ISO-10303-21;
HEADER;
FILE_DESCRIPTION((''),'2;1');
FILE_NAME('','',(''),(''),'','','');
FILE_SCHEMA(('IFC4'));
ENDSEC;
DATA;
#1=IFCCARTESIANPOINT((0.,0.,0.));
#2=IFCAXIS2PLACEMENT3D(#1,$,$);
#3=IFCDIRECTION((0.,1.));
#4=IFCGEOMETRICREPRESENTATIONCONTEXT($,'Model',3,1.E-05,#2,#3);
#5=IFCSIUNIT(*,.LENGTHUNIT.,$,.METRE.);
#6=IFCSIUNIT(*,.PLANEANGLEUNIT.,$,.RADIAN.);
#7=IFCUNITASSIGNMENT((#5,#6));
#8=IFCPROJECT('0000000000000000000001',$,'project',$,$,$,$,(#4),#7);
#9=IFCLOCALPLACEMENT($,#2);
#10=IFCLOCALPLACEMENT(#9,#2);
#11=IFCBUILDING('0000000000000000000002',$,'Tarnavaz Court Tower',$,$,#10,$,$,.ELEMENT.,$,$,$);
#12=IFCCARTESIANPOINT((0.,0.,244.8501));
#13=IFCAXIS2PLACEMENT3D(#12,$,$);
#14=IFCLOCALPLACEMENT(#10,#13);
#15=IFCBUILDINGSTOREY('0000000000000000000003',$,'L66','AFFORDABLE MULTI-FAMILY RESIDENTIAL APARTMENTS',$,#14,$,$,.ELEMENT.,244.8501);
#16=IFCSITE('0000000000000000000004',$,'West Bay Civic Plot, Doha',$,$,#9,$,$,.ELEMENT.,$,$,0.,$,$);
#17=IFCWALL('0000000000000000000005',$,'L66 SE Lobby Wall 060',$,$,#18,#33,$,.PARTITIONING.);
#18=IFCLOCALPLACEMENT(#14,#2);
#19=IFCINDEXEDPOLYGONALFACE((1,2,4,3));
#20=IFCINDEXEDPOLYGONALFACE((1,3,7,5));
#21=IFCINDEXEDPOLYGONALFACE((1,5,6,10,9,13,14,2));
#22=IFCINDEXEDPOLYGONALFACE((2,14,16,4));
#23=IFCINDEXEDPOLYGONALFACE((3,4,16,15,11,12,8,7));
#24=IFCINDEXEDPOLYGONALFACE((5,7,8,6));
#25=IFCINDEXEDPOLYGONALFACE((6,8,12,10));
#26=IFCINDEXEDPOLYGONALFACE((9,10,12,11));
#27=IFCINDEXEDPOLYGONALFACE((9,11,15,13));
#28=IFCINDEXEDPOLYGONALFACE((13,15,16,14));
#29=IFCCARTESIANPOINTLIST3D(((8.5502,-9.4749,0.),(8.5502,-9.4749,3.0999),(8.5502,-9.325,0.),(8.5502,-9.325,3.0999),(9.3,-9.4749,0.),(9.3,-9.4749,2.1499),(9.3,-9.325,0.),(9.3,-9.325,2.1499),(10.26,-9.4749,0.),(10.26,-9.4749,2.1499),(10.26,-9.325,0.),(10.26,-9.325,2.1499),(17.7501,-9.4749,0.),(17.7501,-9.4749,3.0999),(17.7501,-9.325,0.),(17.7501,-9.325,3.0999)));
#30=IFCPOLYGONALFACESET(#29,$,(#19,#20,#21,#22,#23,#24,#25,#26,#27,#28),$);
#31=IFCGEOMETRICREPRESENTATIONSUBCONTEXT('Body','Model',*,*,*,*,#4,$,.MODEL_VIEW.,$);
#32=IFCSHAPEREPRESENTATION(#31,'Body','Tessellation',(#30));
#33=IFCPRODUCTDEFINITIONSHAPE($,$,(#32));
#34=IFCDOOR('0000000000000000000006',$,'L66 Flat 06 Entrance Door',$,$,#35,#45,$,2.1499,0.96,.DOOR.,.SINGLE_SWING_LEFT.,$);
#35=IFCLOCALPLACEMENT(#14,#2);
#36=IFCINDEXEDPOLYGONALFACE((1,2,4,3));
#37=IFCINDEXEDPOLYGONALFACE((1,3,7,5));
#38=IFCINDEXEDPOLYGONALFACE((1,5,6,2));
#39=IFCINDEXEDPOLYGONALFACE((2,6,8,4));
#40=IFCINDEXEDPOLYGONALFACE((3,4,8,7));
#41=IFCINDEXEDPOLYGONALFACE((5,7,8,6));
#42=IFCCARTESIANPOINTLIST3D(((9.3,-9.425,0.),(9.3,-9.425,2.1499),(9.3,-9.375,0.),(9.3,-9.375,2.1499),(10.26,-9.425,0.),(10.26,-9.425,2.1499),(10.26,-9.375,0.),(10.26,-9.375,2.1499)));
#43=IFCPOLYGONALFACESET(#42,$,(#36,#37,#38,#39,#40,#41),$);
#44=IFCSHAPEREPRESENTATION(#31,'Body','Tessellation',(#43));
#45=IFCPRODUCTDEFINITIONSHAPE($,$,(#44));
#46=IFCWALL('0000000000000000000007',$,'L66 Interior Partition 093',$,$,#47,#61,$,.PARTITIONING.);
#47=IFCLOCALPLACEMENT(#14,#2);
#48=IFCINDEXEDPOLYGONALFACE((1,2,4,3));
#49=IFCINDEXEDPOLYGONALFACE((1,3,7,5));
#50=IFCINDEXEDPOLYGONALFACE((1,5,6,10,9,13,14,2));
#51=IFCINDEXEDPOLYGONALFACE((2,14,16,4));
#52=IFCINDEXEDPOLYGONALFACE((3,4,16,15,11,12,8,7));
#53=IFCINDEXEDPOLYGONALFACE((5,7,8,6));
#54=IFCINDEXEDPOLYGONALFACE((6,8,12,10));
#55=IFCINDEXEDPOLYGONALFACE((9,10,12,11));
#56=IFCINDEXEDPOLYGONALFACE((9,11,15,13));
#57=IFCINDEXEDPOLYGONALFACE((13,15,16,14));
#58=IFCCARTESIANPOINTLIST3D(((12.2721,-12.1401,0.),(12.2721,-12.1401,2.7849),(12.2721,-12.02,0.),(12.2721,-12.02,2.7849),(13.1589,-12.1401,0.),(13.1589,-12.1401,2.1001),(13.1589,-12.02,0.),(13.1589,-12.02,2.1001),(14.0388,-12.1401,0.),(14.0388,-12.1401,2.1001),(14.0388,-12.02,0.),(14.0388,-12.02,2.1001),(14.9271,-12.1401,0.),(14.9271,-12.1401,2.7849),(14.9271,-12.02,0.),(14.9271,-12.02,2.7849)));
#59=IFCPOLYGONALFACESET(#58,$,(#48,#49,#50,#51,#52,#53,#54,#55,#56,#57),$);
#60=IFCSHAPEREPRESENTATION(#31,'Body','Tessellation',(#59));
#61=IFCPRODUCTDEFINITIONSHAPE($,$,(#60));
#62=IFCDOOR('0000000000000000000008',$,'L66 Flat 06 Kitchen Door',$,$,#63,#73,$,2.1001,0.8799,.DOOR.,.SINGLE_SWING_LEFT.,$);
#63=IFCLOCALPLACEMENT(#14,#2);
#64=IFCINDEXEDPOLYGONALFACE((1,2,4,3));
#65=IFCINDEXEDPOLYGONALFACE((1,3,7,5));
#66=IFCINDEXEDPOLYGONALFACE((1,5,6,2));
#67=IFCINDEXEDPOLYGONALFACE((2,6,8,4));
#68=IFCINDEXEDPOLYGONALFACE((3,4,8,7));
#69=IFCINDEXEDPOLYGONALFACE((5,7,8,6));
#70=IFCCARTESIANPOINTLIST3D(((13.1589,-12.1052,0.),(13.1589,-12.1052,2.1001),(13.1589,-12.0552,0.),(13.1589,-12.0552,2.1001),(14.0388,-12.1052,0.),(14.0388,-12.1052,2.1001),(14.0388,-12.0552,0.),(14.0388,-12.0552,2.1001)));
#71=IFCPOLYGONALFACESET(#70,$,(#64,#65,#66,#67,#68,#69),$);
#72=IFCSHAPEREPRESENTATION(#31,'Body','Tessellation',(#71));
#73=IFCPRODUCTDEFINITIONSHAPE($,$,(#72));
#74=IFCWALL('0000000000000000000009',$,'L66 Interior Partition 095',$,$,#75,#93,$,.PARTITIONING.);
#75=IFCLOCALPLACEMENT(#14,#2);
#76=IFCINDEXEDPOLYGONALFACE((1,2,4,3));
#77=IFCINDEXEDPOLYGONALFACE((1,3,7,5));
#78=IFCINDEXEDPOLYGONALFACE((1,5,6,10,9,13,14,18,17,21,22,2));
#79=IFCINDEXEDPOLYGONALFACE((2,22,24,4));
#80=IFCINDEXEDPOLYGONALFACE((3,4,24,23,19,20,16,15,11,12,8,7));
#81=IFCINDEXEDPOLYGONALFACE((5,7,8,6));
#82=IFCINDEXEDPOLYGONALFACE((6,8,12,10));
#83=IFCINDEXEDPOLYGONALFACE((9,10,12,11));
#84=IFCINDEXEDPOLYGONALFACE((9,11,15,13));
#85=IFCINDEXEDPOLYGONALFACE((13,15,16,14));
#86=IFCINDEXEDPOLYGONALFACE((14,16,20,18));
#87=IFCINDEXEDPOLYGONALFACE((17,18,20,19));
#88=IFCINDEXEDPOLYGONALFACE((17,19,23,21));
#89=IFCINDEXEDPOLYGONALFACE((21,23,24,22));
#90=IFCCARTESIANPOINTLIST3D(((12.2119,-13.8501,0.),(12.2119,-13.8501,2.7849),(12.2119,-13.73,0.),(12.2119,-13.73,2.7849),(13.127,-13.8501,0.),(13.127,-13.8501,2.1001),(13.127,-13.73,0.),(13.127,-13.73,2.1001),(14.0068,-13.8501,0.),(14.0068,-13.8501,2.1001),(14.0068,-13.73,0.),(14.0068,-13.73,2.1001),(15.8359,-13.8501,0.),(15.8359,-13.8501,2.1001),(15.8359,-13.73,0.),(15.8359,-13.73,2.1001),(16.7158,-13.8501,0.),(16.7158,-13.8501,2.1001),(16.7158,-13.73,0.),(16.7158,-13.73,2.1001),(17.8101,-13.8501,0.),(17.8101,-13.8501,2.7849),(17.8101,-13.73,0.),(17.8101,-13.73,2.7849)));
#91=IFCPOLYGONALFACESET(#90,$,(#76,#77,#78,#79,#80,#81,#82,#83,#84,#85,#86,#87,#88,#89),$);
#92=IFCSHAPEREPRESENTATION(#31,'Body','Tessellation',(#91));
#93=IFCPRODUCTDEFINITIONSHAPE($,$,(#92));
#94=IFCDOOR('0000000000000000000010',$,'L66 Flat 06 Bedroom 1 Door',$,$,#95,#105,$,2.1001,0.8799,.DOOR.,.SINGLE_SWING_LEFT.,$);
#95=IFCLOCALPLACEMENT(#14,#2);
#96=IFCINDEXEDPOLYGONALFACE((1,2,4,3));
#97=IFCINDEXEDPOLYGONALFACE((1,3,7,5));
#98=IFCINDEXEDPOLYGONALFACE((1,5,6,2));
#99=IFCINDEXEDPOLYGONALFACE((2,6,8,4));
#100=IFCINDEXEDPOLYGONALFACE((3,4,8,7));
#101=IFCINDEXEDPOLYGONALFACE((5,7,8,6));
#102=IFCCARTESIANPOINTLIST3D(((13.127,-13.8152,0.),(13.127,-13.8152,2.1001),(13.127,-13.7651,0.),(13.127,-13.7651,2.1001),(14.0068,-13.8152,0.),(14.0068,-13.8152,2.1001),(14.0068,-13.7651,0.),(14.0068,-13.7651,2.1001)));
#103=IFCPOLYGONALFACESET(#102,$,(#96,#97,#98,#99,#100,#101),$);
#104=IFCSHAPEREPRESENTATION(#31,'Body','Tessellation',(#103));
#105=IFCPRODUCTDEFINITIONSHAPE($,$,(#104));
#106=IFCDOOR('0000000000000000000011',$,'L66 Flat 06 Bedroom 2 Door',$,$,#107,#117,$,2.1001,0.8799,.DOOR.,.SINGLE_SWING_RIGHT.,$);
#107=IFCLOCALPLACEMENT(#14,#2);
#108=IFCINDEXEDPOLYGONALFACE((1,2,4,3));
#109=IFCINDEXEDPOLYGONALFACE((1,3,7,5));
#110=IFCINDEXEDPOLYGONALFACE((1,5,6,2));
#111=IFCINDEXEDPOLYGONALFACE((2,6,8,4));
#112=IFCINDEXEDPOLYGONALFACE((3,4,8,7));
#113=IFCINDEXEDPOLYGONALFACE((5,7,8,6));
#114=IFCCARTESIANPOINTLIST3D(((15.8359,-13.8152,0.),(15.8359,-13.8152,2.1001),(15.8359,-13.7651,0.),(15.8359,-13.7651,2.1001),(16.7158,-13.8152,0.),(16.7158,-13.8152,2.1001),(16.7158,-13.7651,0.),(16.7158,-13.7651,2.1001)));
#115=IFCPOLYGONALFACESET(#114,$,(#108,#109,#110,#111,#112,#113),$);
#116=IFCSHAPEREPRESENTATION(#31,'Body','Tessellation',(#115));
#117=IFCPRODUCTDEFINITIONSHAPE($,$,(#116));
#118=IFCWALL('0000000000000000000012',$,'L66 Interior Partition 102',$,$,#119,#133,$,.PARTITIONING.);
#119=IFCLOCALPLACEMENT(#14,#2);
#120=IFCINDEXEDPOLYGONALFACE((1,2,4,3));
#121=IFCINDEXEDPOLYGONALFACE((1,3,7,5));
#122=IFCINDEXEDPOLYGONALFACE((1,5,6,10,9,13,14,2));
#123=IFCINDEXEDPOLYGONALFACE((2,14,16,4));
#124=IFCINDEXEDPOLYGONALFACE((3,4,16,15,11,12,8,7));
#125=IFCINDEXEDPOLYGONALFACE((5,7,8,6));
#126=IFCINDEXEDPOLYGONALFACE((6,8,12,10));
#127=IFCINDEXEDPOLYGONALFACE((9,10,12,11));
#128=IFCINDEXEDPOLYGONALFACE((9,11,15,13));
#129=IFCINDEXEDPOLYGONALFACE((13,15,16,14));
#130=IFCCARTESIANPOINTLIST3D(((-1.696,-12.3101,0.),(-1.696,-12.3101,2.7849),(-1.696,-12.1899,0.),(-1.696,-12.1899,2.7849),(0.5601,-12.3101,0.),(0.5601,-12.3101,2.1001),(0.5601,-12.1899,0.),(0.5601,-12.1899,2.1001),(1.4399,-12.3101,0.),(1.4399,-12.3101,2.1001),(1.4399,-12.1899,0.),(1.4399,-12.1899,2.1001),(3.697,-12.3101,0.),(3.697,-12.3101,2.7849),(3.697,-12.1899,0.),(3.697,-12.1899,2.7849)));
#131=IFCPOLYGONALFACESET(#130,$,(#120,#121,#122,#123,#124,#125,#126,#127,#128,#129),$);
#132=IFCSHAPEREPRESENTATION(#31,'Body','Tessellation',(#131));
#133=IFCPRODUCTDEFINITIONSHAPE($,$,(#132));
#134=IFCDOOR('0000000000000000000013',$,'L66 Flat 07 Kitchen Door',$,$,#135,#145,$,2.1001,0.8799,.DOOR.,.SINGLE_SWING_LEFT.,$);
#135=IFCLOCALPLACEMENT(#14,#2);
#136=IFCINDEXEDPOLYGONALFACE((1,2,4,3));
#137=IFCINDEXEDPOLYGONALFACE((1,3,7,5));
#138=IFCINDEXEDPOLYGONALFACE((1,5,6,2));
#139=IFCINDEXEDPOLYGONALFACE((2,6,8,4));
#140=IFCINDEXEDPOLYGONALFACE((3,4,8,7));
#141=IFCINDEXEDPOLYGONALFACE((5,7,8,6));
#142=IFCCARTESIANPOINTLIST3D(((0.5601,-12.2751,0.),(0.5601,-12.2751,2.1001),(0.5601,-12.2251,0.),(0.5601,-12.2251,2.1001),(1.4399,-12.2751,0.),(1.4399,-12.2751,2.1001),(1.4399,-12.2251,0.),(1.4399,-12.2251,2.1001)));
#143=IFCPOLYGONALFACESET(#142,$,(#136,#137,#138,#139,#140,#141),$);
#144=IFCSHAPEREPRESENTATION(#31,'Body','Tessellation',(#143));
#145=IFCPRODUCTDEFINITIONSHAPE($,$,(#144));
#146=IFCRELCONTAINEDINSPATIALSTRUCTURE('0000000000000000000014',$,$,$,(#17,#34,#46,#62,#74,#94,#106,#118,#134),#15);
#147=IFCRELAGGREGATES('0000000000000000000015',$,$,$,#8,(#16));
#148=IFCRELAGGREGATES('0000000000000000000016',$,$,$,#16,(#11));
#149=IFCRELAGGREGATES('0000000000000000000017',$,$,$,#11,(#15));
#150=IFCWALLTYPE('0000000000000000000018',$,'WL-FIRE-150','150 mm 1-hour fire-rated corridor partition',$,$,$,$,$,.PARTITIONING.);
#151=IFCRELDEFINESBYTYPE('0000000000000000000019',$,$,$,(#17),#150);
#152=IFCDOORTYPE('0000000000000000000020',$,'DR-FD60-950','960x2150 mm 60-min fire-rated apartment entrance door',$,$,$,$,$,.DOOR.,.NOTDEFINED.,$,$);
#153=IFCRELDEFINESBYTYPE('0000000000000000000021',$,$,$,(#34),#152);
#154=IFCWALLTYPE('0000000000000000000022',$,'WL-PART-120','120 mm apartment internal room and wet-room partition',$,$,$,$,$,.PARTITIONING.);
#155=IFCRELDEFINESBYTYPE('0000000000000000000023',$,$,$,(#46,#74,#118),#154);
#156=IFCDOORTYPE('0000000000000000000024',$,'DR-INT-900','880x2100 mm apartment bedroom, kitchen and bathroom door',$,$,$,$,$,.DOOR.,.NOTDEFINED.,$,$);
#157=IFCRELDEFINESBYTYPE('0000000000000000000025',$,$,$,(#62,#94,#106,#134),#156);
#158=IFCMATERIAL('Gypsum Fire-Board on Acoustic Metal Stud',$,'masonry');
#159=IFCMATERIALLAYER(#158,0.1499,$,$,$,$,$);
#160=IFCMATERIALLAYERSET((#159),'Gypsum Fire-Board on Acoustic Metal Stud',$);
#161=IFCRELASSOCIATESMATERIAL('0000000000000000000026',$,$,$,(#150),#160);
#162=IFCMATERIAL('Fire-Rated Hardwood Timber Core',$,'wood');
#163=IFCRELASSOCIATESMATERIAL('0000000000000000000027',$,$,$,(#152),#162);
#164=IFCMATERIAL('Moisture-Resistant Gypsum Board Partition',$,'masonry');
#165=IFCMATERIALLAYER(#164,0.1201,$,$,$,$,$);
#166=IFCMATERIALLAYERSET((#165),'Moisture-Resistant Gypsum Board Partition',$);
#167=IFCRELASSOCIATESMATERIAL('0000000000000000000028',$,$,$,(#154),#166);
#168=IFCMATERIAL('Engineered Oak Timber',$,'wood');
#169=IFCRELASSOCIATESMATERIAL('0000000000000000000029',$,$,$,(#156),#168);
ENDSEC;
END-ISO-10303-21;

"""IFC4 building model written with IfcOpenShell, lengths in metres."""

from ifc_helpers import new_model, si_unit, direction, frame, frame_2d, origin, place, context, subcontext, project, spatial, rectangle, extrude, material, layer, layer_set, type_object, element, fill, save


model = new_model("IFC4")

# Units and contexts
model_context = context("Model", 3, precision=1e-05, world=origin(), true_north=direction((0.0, 1.0)))
body_context = subcontext(model_context, "Body", "Model", "MODEL_VIEW")
ifc_project = project(units=[si_unit("LENGTHUNIT", "METRE"), si_unit("PLANEANGLEUNIT", "RADIAN")], contexts=[model_context])

# Site, building, storey
site_placement = place(None, origin())
site = spatial("IfcSite", under=ifc_project, at=site_placement, Name="West Bay Civic Plot, Doha", CompositionType="ELEMENT", RefElevation=0.0)
building_placement = place(site_placement, origin())
building = spatial("IfcBuilding", under=site, at=building_placement, Name="Tarnavaz Court Tower", CompositionType="ELEMENT")
storey_placement = place(building_placement, frame((0.0, 0.0, 244.8501)))
storey = spatial("IfcBuildingStorey", under=building, at=storey_placement, Name="L66", Description="AFFORDABLE MULTI-FAMILY RESIDENTIAL APARTMENTS", CompositionType="ELEMENT", Elevation=244.8501)

# Walls, openings, doors
ifc_material_1 = material(Name="Gypsum Fire-Board on Acoustic Metal Stud", Category="masonry")
ifc_layer_1 = layer(ifc_material_1, 0.1499)
ifc_layer_set_1 = layer_set([ifc_layer_1], Name="Gypsum Fire-Board on Acoustic Metal Stud")
wall_type_1 = type_object("IfcWallType", Name="WL-FIRE-150", Description="150 mm 1-hour fire-rated corridor partition", PredefinedType="PARTITIONING", material=ifc_layer_set_1)
wall_1_placement = place(storey_placement, frame((8.55, -9.3999, 0.0), z_axis=(0.0, 0.0, 1.0), x_axis=(1.0, 0.0, 0.0)))
wall_1 = element("IfcWall", 1, at=wall_1_placement, inside=storey, type_object=wall_type_1, Name="L66 SE Lobby Wall 060", PredefinedType="PARTITIONING", context=body_context, shape_type="SweptSolid", body=[
    extrude(rectangle(XDim=9.2, YDim=0.1499, at=frame_2d((4.6001, 0.0))), origin(), (0.0, 0.0, 1.0), 3.0999),
])
opening_1_placement = place(wall_1_placement, frame((0.75, 0.0, 0.0)))
opening_1 = element("IfcOpeningElement", 2, at=opening_1_placement, cuts=wall_1, PredefinedType="OPENING", context=body_context, shape_type="SweptSolid", body=[
    extrude(rectangle(XDim=0.96, YDim=2.1499, at=frame_2d((0.48, 1.075))), frame((0.0, 0.085, 0.0), z_axis=(0.0, -1.0, 0.0), x_axis=(1.0, 0.0, 0.0)), (0.0, 0.0, 1.0), 0.1699),
])
ifc_material_2 = material(Name="Fire-Rated Hardwood Timber Core", Category="wood")
door_type_1 = type_object("IfcDoorType", Name="DR-FD60-950", Description="960x2150 mm 60-min fire-rated apartment entrance door", OperationType="NOTDEFINED", PredefinedType="DOOR", material=ifc_material_2)
door_1_placement = place(opening_1_placement, origin())
door_1 = element("IfcDoor", 3, at=door_1_placement, inside=storey, type_object=door_type_1, Name="L66 Flat 06 Entrance Door", OperationType="SINGLE_SWING_LEFT", OverallHeight=2.1499, OverallWidth=0.96, PredefinedType="DOOR", context=body_context, shape_type="SweptSolid", body=[
    extrude(rectangle(XDim=0.96, YDim=2.1499, at=frame_2d((0.48, 1.075))), frame((0.0, 0.0249, 0.0), z_axis=(0.0, -1.0, 0.0), x_axis=(1.0, 0.0, 0.0)), (0.0, 0.0, 1.0), 0.05),
])
fill(opening_1, door_1)
ifc_material_3 = material(Name="Moisture-Resistant Gypsum Board Partition", Category="masonry")
ifc_layer_2 = layer(ifc_material_3, 0.1201)
ifc_layer_set_2 = layer_set([ifc_layer_2], Name="Moisture-Resistant Gypsum Board Partition")
wall_type_2 = type_object("IfcWallType", Name="WL-PART-120", Description="120 mm apartment internal room and wet-room partition", PredefinedType="PARTITIONING", material=ifc_layer_set_2)
wall_2_placement = place(storey_placement, frame((12.272, -12.0801, 0.0), z_axis=(0.0, 0.0, 1.0), x_axis=(1.0, 0.0, 0.0)))
wall_2 = element("IfcWall", 4, at=wall_2_placement, inside=storey, type_object=wall_type_2, Name="L66 Interior Partition 093", PredefinedType="PARTITIONING", context=body_context, shape_type="SweptSolid", body=[
    extrude(rectangle(XDim=2.655, YDim=0.1201, at=frame_2d((1.3276, 0.0))), origin(), (0.0, 0.0, 1.0), 2.7849),
])
opening_2_placement = place(wall_2_placement, frame((0.887, 0.0, 0.0)))
opening_2 = element("IfcOpeningElement", 5, at=opening_2_placement, cuts=wall_2, PredefinedType="OPENING", context=body_context, shape_type="SweptSolid", body=[
    extrude(rectangle(XDim=0.8799, YDim=2.1001, at=frame_2d((0.4399, 1.05))), frame((0.0, 0.0701, 0.0), z_axis=(0.0, -1.0, 0.0), x_axis=(1.0, 0.0, 0.0)), (0.0, 0.0, 1.0), 0.1401),
])
ifc_material_4 = material(Name="Engineered Oak Timber", Category="wood")
door_type_2 = type_object("IfcDoorType", Name="DR-INT-900", Description="880x2100 mm apartment bedroom, kitchen and bathroom door", OperationType="NOTDEFINED", PredefinedType="DOOR", material=ifc_material_4)
door_2_placement = place(opening_2_placement, origin())
door_2 = element("IfcDoor", 6, at=door_2_placement, inside=storey, type_object=door_type_2, Name="L66 Flat 06 Kitchen Door", OperationType="SINGLE_SWING_LEFT", OverallHeight=2.1001, OverallWidth=0.8799, PredefinedType="DOOR", context=body_context, shape_type="SweptSolid", body=[
    extrude(rectangle(XDim=0.8799, YDim=2.1001, at=frame_2d((0.4399, 1.05))), frame((0.0, 0.0249, 0.0), z_axis=(0.0, -1.0, 0.0), x_axis=(1.0, 0.0, 0.0)), (0.0, 0.0, 1.0), 0.05),
])
fill(opening_2, door_2)

# Wall, openings, doors
wall_3_placement = place(storey_placement, frame((12.2119, -13.79, 0.0), z_axis=(0.0, 0.0, 1.0), x_axis=(1.0, 0.0, 0.0)))
wall_3 = element("IfcWall", 7, at=wall_3_placement, inside=storey, type_object=wall_type_2, Name="L66 Interior Partition 095", PredefinedType="PARTITIONING", context=body_context, shape_type="SweptSolid", body=[
    extrude(rectangle(XDim=5.5981, YDim=0.1201, at=frame_2d((2.7991, 0.0))), origin(), (0.0, 0.0, 1.0), 2.7849),
])
opening_3_placement = place(wall_3_placement, frame((0.915, 0.0, 0.0)))
opening_3 = element("IfcOpeningElement", 8, at=opening_3_placement, cuts=wall_3, PredefinedType="OPENING", context=body_context, shape_type="SweptSolid", body=[
    extrude(rectangle(XDim=0.8799, YDim=2.1001, at=frame_2d((0.4399, 1.05))), frame((0.0, 0.0701, 0.0), z_axis=(0.0, -1.0, 0.0), x_axis=(1.0, 0.0, 0.0)), (0.0, 0.0, 1.0), 0.1401),
])
opening_4_placement = place(wall_3_placement, frame((3.624, 0.0, 0.0)))
opening_4 = element("IfcOpeningElement", 9, at=opening_4_placement, cuts=wall_3, PredefinedType="OPENING", context=body_context, shape_type="SweptSolid", body=[
    extrude(rectangle(XDim=0.8799, YDim=2.1001, at=frame_2d((0.4399, 1.05))), frame((0.0, 0.0701, 0.0), z_axis=(0.0, -1.0, 0.0), x_axis=(1.0, 0.0, 0.0)), (0.0, 0.0, 1.0), 0.1401),
])
door_3_placement = place(opening_3_placement, origin())
door_3 = element("IfcDoor", 10, at=door_3_placement, inside=storey, type_object=door_type_2, Name="L66 Flat 06 Bedroom 1 Door", OperationType="SINGLE_SWING_LEFT", OverallHeight=2.1001, OverallWidth=0.8799, PredefinedType="DOOR", context=body_context, shape_type="SweptSolid", body=[
    extrude(rectangle(XDim=0.8799, YDim=2.1001, at=frame_2d((0.4399, 1.05))), frame((0.0, 0.0249, 0.0), z_axis=(0.0, -1.0, 0.0), x_axis=(1.0, 0.0, 0.0)), (0.0, 0.0, 1.0), 0.05),
])
fill(opening_3, door_3)
door_4_placement = place(opening_4_placement, origin())
door_4 = element("IfcDoor", 11, at=door_4_placement, inside=storey, type_object=door_type_2, Name="L66 Flat 06 Bedroom 2 Door", OperationType="SINGLE_SWING_RIGHT", OverallHeight=2.1001, OverallWidth=0.8799, PredefinedType="DOOR", context=body_context, shape_type="SweptSolid", body=[
    extrude(rectangle(XDim=0.8799, YDim=2.1001, at=frame_2d((0.4399, 1.05))), frame((0.0, 0.0249, 0.0), z_axis=(0.0, -1.0, 0.0), x_axis=(1.0, 0.0, 0.0)), (0.0, 0.0, 1.0), 0.05),
])
fill(opening_4, door_4)

# Wall, opening, door
wall_4_placement = place(storey_placement, frame((-1.696, -12.25, 0.0), z_axis=(0.0, 0.0, 1.0), x_axis=(1.0, 0.0, 0.0)))
wall_4 = element("IfcWall", 12, at=wall_4_placement, inside=storey, type_object=wall_type_2, Name="L66 Interior Partition 102", PredefinedType="PARTITIONING", context=body_context, shape_type="SweptSolid", body=[
    extrude(rectangle(XDim=5.3931, YDim=0.1201, at=frame_2d((2.6965, 0.0))), origin(), (0.0, 0.0, 1.0), 2.7849),
])
opening_5_placement = place(wall_4_placement, frame((2.2561, 0.0, 0.0)))
opening_5 = element("IfcOpeningElement", 13, at=opening_5_placement, cuts=wall_4, PredefinedType="OPENING", context=body_context, shape_type="SweptSolid", body=[
    extrude(rectangle(XDim=0.8799, YDim=2.1001, at=frame_2d((0.4399, 1.05))), frame((0.0, 0.0701, 0.0), z_axis=(0.0, -1.0, 0.0), x_axis=(1.0, 0.0, 0.0)), (0.0, 0.0, 1.0), 0.1401),
])
door_5_placement = place(opening_5_placement, origin())
door_5 = element("IfcDoor", 14, at=door_5_placement, inside=storey, type_object=door_type_2, Name="L66 Flat 07 Kitchen Door", OperationType="SINGLE_SWING_LEFT", OverallHeight=2.1001, OverallWidth=0.8799, PredefinedType="DOOR", context=body_context, shape_type="SweptSolid", body=[
    extrude(rectangle(XDim=0.8799, YDim=2.1001, at=frame_2d((0.4399, 1.05))), frame((0.0, 0.0249, 0.0), z_axis=(0.0, -1.0, 0.0), x_axis=(1.0, 0.0, 0.0)), (0.0, 0.0, 1.0), 0.05),
])
fill(opening_5, door_5)

save(model, "model.ifc")
